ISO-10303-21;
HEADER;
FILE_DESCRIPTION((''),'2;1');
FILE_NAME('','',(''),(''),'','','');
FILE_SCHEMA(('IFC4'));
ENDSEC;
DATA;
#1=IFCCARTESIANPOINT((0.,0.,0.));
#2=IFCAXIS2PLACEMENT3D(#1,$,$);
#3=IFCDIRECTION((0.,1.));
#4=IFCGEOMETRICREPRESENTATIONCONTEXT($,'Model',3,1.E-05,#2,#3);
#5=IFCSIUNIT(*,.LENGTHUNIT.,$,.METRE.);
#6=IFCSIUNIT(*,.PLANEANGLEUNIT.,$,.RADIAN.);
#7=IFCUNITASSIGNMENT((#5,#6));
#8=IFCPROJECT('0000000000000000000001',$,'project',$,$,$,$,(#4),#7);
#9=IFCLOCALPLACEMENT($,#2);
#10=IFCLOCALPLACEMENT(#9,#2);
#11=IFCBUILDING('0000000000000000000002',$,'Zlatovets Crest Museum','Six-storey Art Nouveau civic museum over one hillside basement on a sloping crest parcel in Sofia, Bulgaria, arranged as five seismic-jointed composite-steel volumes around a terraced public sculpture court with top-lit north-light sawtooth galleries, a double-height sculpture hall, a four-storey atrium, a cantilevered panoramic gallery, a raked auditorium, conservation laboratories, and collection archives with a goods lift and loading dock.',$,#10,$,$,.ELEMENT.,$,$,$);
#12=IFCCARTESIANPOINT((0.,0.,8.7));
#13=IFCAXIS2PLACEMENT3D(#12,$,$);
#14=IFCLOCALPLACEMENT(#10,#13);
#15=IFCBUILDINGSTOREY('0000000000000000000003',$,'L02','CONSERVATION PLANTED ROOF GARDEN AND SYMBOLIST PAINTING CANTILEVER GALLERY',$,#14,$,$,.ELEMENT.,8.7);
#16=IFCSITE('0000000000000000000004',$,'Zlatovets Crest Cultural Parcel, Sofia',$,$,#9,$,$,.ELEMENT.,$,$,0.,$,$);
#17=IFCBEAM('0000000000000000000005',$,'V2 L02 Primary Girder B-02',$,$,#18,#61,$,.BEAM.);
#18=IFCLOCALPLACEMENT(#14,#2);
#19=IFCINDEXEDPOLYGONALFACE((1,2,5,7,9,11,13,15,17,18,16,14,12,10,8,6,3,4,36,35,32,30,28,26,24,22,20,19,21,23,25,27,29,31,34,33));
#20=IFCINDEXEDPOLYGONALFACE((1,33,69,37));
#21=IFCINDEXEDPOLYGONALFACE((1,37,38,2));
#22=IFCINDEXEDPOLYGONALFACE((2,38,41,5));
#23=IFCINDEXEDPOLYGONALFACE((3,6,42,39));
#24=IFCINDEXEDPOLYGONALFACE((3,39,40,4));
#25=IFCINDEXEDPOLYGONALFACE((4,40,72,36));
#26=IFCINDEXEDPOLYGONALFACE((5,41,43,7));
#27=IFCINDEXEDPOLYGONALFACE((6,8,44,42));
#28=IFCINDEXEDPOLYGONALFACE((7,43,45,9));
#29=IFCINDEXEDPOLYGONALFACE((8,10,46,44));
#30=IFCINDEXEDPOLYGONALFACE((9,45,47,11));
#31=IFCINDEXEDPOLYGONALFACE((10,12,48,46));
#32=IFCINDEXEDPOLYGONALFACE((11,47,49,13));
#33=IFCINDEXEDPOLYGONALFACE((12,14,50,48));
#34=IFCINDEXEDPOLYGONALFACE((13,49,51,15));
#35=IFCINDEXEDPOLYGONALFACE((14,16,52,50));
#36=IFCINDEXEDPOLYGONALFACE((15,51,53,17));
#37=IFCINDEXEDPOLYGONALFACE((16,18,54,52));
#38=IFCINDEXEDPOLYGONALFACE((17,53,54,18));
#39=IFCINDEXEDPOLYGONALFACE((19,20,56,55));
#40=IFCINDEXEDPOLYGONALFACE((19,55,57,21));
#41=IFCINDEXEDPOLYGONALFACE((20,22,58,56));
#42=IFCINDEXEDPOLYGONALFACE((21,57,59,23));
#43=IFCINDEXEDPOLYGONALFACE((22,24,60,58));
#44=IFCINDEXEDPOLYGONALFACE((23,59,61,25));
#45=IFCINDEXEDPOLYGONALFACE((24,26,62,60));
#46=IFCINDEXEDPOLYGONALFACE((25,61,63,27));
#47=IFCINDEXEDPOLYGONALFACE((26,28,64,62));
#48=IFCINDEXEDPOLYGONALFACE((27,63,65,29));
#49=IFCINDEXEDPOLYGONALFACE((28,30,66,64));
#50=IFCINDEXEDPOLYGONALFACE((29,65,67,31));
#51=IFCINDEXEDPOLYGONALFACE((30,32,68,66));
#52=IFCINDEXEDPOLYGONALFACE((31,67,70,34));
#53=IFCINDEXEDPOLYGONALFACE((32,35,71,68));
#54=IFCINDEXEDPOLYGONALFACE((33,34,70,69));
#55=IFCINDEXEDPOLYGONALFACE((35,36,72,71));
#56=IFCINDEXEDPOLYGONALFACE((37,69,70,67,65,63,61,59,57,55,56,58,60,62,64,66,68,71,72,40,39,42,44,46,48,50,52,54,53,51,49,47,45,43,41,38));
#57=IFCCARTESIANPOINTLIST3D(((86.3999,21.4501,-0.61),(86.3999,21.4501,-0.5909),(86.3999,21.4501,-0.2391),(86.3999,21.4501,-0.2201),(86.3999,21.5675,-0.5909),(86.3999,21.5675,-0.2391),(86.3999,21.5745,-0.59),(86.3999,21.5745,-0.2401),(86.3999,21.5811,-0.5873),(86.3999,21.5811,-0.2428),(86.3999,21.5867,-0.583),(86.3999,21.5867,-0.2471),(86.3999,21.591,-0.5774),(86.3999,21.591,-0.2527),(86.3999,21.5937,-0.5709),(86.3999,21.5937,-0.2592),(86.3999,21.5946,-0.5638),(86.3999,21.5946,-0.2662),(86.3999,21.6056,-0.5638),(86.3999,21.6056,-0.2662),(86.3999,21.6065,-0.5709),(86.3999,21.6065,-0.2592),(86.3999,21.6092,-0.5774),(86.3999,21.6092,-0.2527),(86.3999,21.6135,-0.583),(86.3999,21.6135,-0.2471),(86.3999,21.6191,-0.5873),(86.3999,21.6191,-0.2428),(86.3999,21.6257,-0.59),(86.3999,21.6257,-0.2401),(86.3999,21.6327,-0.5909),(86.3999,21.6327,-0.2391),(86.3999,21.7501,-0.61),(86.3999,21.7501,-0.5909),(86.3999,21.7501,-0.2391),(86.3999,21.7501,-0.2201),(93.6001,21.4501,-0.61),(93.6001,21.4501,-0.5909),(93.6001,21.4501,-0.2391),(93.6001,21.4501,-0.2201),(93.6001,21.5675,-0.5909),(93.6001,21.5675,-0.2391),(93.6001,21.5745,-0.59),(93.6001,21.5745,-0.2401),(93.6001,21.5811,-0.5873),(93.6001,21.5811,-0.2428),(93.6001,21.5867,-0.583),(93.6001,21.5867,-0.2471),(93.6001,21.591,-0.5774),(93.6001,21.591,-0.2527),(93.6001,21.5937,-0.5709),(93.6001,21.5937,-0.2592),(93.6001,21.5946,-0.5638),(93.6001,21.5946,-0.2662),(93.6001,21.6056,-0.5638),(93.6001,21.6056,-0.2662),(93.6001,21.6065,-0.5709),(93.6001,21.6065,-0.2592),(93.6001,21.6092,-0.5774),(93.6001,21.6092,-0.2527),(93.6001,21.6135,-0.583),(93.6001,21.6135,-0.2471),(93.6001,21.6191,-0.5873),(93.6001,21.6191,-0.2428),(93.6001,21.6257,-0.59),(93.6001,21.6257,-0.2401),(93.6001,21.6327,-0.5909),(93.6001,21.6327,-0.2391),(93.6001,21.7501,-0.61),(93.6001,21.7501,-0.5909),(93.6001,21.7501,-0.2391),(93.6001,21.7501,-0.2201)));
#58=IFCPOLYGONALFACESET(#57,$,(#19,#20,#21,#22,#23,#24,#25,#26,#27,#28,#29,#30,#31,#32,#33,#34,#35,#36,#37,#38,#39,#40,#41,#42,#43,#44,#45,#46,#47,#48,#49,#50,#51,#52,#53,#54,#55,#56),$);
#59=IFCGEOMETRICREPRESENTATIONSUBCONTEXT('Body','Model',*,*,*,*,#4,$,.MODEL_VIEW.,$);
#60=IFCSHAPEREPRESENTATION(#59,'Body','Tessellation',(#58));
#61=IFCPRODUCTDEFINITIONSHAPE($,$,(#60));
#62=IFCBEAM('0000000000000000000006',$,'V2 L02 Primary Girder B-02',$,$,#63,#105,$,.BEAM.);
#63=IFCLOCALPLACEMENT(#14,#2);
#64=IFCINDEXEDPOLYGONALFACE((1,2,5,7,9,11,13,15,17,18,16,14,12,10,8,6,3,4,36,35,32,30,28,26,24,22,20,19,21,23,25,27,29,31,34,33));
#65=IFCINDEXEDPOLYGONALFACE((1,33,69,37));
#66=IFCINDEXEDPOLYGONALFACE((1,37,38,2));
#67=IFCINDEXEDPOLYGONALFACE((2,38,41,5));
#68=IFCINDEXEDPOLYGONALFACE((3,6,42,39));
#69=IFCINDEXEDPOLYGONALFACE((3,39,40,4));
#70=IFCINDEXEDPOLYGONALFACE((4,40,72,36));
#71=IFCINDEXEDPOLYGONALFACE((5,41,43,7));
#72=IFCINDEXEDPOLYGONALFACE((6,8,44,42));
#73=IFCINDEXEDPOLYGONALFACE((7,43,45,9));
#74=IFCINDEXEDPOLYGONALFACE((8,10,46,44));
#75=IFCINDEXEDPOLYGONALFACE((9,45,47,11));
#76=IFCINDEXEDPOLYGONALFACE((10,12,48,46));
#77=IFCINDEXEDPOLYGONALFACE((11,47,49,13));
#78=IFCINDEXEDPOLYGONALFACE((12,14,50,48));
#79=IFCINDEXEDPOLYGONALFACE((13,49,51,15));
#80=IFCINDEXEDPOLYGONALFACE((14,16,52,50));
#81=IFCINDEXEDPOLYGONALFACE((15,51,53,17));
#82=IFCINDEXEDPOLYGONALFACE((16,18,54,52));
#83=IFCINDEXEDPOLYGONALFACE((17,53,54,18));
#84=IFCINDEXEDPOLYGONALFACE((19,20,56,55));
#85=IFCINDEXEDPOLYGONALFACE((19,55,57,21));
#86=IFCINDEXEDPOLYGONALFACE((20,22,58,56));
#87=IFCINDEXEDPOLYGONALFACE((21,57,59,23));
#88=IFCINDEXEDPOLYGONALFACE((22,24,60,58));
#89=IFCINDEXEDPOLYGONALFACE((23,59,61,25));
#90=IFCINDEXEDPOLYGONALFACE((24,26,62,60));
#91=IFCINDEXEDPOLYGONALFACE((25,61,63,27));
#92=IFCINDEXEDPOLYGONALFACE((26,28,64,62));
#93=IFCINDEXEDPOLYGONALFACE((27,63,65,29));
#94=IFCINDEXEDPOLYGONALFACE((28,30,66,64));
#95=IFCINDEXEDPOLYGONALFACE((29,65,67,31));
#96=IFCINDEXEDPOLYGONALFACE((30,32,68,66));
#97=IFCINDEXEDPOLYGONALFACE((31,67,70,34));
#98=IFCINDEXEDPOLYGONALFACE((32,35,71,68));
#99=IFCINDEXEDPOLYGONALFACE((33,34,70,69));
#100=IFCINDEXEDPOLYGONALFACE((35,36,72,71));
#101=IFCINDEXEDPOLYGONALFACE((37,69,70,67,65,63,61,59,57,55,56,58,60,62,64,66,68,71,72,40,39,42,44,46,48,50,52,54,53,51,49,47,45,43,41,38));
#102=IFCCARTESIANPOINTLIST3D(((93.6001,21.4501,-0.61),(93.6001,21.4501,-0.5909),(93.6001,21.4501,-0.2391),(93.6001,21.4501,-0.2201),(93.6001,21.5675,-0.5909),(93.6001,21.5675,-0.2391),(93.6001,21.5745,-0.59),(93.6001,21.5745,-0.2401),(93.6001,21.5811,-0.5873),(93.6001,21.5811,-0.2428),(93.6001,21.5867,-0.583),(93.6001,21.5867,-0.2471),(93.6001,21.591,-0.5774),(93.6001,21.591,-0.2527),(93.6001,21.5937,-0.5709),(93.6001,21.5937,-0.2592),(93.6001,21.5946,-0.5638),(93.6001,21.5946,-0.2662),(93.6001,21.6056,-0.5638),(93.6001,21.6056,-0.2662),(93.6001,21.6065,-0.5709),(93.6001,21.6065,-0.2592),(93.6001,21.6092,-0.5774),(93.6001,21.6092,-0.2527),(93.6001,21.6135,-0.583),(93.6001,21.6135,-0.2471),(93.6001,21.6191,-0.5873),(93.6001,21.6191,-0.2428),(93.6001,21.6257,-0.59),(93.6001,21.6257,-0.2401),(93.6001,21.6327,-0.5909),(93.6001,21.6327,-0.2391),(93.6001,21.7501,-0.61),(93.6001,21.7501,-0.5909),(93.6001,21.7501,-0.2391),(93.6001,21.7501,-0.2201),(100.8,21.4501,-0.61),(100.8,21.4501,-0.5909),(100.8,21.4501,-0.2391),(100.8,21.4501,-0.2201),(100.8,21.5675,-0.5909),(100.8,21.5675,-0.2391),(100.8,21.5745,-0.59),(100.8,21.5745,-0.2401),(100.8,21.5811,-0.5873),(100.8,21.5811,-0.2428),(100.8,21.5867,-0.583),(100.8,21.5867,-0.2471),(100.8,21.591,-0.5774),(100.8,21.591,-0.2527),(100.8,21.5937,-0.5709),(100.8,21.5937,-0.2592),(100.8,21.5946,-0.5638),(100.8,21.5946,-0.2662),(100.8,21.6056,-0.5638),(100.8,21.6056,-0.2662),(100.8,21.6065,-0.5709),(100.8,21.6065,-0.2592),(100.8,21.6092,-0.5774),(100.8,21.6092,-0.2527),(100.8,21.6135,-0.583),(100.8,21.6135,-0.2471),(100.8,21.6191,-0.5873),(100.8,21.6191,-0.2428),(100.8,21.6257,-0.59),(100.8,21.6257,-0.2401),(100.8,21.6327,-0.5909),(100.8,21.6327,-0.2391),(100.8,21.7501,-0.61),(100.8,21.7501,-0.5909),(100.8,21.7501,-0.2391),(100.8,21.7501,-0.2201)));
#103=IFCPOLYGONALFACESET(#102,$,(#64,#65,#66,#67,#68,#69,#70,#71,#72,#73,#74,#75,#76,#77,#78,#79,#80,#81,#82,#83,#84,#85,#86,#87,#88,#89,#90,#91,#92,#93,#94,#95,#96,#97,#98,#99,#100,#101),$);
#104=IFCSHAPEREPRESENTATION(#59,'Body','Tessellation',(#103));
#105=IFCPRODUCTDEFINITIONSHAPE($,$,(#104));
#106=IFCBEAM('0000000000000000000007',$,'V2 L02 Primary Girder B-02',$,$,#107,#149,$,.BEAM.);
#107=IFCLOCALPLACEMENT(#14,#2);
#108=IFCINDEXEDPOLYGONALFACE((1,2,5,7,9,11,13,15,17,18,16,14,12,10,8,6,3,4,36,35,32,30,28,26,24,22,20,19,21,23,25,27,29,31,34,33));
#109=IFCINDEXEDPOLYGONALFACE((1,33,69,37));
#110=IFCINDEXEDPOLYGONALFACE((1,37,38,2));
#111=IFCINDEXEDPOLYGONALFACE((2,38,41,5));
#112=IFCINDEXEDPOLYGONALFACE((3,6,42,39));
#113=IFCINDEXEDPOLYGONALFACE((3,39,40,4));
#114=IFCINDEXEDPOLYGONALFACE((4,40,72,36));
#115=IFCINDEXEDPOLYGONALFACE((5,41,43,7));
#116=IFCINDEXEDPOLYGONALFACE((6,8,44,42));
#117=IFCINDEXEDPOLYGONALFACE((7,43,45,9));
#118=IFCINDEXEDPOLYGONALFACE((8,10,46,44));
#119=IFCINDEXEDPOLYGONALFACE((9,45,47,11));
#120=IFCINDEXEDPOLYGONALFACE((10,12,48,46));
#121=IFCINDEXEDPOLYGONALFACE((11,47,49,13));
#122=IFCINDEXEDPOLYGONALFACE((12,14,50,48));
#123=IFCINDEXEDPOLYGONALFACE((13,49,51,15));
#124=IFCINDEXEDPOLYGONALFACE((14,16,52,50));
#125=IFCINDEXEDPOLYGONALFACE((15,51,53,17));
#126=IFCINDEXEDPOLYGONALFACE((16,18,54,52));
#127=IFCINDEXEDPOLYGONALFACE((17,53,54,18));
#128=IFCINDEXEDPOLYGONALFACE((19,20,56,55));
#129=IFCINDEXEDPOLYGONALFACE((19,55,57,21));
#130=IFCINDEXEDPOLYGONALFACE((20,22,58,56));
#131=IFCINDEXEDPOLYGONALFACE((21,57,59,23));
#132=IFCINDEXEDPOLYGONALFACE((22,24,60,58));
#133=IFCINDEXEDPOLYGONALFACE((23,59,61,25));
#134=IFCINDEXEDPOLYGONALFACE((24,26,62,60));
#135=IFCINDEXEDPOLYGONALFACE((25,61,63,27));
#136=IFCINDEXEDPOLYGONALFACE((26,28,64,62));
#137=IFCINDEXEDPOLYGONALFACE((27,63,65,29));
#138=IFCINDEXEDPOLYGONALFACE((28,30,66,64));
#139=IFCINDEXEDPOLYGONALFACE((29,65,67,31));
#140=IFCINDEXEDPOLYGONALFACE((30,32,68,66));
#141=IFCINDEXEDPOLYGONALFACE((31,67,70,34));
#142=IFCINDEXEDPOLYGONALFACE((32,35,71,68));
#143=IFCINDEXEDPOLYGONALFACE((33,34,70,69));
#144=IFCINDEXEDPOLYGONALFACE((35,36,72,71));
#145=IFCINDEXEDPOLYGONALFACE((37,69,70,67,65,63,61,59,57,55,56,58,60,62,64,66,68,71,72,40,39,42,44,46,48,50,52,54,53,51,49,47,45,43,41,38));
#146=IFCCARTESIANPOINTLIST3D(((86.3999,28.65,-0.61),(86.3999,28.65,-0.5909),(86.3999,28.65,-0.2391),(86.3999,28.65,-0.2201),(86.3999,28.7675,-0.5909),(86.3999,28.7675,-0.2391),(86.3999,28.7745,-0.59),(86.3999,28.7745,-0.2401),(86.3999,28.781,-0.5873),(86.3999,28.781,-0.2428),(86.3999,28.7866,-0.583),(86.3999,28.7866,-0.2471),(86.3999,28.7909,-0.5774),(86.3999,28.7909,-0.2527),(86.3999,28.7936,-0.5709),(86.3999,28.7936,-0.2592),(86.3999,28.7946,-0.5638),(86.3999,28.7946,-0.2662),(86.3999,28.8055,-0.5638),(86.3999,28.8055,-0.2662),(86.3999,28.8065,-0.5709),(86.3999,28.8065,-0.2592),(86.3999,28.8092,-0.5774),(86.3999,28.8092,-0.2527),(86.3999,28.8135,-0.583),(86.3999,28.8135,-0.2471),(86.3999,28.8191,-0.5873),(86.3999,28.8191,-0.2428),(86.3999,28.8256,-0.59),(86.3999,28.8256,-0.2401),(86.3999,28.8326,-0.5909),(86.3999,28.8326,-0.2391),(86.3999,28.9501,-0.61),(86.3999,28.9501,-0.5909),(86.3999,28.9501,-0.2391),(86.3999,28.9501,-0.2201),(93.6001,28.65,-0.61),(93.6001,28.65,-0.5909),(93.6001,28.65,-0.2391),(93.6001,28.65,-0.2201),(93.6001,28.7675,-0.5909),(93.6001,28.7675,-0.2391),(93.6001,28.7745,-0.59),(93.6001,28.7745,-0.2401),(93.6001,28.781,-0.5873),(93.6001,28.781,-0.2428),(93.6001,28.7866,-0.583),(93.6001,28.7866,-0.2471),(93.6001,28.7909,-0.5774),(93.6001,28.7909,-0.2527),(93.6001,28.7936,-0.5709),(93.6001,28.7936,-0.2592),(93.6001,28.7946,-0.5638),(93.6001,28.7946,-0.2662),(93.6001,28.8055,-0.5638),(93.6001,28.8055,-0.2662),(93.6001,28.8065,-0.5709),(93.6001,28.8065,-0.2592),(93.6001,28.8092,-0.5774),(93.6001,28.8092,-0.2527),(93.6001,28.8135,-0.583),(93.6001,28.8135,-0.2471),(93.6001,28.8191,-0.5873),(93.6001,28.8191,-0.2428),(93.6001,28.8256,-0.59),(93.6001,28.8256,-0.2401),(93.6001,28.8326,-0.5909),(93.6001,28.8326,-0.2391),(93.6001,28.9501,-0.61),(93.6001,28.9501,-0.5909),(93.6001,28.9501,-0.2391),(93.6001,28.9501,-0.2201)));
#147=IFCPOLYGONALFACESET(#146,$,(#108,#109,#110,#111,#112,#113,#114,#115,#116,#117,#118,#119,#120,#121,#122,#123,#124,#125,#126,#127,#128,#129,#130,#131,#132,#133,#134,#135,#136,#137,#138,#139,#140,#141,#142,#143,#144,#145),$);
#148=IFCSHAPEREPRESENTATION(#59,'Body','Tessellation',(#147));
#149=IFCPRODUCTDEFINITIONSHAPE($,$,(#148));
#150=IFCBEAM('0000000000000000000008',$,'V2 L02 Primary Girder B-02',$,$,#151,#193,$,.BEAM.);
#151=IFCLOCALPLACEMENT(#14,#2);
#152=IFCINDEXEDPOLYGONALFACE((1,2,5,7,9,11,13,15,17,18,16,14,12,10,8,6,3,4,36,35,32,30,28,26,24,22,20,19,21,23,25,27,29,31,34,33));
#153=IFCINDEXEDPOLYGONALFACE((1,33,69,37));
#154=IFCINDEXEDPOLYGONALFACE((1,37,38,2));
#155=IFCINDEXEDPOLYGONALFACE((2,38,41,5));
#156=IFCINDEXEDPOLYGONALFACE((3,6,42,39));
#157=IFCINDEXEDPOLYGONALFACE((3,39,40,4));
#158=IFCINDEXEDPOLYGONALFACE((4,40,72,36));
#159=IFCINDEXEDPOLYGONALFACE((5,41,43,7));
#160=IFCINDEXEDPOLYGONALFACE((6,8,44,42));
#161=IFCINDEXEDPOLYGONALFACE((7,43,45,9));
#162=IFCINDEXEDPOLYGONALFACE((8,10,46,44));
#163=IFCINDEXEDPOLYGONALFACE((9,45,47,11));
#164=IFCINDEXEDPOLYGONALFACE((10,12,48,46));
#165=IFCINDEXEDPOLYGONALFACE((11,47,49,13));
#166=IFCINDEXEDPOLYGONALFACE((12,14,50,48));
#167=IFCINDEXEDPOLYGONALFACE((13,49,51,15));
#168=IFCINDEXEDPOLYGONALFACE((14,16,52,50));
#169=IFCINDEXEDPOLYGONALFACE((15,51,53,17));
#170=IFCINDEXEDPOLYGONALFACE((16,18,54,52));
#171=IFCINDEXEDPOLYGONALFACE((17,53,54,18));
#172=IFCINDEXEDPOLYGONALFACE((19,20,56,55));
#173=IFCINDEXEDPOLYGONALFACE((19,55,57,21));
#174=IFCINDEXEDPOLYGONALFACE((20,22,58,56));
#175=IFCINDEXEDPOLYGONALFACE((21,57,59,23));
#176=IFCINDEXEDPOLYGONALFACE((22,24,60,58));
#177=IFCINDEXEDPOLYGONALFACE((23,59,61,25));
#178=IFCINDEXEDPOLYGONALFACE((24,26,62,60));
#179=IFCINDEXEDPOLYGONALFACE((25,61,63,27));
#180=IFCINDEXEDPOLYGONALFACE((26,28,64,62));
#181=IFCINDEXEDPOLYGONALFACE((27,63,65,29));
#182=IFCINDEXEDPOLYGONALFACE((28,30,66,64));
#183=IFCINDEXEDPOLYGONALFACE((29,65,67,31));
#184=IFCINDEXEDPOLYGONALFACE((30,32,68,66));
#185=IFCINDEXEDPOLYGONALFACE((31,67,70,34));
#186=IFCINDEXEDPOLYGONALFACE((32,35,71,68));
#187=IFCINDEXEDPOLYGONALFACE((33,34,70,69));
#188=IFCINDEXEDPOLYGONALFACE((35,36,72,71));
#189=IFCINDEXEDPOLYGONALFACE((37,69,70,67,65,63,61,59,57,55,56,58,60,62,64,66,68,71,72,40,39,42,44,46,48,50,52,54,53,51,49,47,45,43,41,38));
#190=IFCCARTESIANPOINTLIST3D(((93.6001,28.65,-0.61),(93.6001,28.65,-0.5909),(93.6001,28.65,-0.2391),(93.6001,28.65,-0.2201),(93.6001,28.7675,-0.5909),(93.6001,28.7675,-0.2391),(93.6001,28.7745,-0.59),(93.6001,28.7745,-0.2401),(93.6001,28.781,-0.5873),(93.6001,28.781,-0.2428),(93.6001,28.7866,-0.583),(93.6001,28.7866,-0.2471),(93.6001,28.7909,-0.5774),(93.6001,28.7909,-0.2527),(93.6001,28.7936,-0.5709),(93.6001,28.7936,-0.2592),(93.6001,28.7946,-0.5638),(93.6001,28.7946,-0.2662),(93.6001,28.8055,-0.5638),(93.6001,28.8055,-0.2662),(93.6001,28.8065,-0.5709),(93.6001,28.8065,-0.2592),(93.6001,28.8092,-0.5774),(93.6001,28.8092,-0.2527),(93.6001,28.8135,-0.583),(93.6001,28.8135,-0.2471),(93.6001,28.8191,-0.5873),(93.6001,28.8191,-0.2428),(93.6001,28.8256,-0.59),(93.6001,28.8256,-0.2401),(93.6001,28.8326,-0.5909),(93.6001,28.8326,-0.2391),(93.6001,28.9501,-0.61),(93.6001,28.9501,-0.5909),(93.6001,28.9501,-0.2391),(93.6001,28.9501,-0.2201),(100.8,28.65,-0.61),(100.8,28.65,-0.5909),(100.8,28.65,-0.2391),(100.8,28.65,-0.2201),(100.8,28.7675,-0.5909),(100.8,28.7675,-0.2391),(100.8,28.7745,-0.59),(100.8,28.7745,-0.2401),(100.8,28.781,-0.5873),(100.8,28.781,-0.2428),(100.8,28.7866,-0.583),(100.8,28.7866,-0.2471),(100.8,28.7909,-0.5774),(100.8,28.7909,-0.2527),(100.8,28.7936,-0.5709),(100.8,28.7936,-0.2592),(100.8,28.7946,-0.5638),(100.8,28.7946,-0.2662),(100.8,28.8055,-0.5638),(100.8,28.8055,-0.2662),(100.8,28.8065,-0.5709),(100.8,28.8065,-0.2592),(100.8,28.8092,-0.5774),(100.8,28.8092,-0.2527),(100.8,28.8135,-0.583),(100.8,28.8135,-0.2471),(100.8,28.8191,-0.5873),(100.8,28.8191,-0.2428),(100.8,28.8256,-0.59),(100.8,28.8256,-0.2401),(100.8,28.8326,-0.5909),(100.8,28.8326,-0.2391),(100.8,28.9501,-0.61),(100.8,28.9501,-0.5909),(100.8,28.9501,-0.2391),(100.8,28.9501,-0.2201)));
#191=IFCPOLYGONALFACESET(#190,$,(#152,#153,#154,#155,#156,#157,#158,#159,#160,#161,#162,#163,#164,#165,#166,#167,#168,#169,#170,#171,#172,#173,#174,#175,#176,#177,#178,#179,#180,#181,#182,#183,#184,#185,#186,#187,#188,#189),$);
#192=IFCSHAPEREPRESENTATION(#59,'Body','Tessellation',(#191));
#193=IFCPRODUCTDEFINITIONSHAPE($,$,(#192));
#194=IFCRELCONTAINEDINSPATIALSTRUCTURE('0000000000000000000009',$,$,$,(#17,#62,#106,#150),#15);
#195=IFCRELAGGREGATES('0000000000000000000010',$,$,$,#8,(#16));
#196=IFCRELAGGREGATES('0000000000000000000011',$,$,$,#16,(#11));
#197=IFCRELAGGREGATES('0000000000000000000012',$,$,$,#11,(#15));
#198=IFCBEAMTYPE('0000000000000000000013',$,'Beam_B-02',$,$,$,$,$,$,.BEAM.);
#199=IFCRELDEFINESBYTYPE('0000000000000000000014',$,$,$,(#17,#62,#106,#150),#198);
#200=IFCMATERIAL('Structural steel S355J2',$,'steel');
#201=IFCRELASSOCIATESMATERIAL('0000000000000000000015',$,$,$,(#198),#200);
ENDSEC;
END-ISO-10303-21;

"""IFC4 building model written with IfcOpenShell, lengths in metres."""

from ifc_helpers import new_model, si_unit, direction, frame, origin, origin_2d, place, context, subcontext, project, spatial, i_section, extrude, material, material_profile, profile_set, type_object, element, save


model = new_model("IFC4")

# Units and contexts
model_context = context("Model", 3, precision=1e-05, world=origin(), true_north=direction((0.0, 1.0)))
body_context = subcontext(model_context, "Body", "Model", "MODEL_VIEW")
ifc_project = project(units=[si_unit("LENGTHUNIT", "METRE"), si_unit("PLANEANGLEUNIT", "RADIAN")], contexts=[model_context])

# Site, building, storey
site_placement = place(None, origin())
site = spatial("IfcSite", under=ifc_project, at=site_placement, Name="Zlatovets Crest Cultural Parcel, Sofia", CompositionType="ELEMENT", RefElevation=0.0)
building_placement = place(site_placement, origin())
building = spatial("IfcBuilding", under=site, at=building_placement, Name="Zlatovets Crest Museum", Description="Six-storey Art Nouveau civic museum over one hillside basement on a sloping crest parcel in Sofia, Bulgaria, arranged as five seismic-jointed composite-steel volumes around a terraced public sculpture court with top-lit north-light sawtooth galleries, a double-height sculpture hall, a four-storey atrium, a cantilevered panoramic gallery, a raked auditorium, conservation laboratories, and collection archives with a goods lift and loading dock.", CompositionType="ELEMENT")
storey_placement = place(building_placement, frame((0.0, 0.0, 8.7)))
storey = spatial("IfcBuildingStorey", under=building, at=storey_placement, Name="L02", Description="CONSERVATION PLANTED ROOF GARDEN AND SYMBOLIST PAINTING CANTILEVER GALLERY", CompositionType="ELEMENT", Elevation=8.7)

# Shared definitions
ifc_material_1 = material(Name="Structural steel S355J2", Category="steel")

# Beams
ifc_material_profile_1 = material_profile(ifc_material_1, i_section(OverallWidth=0.3, OverallDepth=0.3899, WebThickness=0.011, FlangeThickness=0.019, FilletRadius=0.0271, at=origin_2d()), Name="HEA 400")
ifc_profile_set_1 = profile_set([ifc_material_profile_1], Name="Structural steel S355J2")
beam_type_1 = type_object("IfcBeamType", Name="Beam_B-02", PredefinedType="BEAM", material=ifc_profile_set_1)
beam_1_placement = place(storey_placement, frame((86.3999, 21.6001, -0.415), z_axis=(1.0, 0.0, 0.0), x_axis=(0.0, 1.0, 0.0)))
element("IfcBeam", 1, at=beam_1_placement, inside=storey, type_object=beam_type_1, Name="V2 L02 Primary Girder B-02", PredefinedType="BEAM", context=body_context, shape_type="SweptSolid", body=[
    extrude(i_section(OverallWidth=0.3, OverallDepth=0.3899, WebThickness=0.011, FlangeThickness=0.019, FilletRadius=0.0271, at=origin_2d()), origin(), (0.0, 0.0, 1.0), 7.2002),
])
beam_2_placement = place(storey_placement, frame((93.6001, 21.6001, -0.415), z_axis=(1.0, 0.0, 0.0), x_axis=(0.0, 1.0, 0.0)))
element("IfcBeam", 2, at=beam_2_placement, inside=storey, type_object=beam_type_1, Name="V2 L02 Primary Girder B-02", PredefinedType="BEAM", context=body_context, shape_type="SweptSolid", body=[
    extrude(i_section(OverallWidth=0.3, OverallDepth=0.3899, WebThickness=0.011, FlangeThickness=0.019, FilletRadius=0.0271, at=origin_2d()), origin(), (0.0, 0.0, 1.0), 7.2),
])
beam_3_placement = place(storey_placement, frame((86.3999, 28.8, -0.415), z_axis=(1.0, 0.0, 0.0), x_axis=(0.0, 1.0, 0.0)))
element("IfcBeam", 3, at=beam_3_placement, inside=storey, type_object=beam_type_1, Name="V2 L02 Primary Girder B-02", PredefinedType="BEAM", context=body_context, shape_type="SweptSolid", body=[
    extrude(i_section(OverallWidth=0.3, OverallDepth=0.3899, WebThickness=0.011, FlangeThickness=0.019, FilletRadius=0.0271, at=origin_2d()), origin(), (0.0, 0.0, 1.0), 7.2002),
])
beam_4_placement = place(storey_placement, frame((93.6001, 28.8, -0.415), z_axis=(1.0, 0.0, 0.0), x_axis=(0.0, 1.0, 0.0)))
element("IfcBeam", 4, at=beam_4_placement, inside=storey, type_object=beam_type_1, Name="V2 L02 Primary Girder B-02", PredefinedType="BEAM", context=body_context, shape_type="SweptSolid", body=[
    extrude(i_section(OverallWidth=0.3, OverallDepth=0.3899, WebThickness=0.011, FlangeThickness=0.019, FilletRadius=0.0271, at=origin_2d()), origin(), (0.0, 0.0, 1.0), 7.2),
])

save(model, "model.ifc")
